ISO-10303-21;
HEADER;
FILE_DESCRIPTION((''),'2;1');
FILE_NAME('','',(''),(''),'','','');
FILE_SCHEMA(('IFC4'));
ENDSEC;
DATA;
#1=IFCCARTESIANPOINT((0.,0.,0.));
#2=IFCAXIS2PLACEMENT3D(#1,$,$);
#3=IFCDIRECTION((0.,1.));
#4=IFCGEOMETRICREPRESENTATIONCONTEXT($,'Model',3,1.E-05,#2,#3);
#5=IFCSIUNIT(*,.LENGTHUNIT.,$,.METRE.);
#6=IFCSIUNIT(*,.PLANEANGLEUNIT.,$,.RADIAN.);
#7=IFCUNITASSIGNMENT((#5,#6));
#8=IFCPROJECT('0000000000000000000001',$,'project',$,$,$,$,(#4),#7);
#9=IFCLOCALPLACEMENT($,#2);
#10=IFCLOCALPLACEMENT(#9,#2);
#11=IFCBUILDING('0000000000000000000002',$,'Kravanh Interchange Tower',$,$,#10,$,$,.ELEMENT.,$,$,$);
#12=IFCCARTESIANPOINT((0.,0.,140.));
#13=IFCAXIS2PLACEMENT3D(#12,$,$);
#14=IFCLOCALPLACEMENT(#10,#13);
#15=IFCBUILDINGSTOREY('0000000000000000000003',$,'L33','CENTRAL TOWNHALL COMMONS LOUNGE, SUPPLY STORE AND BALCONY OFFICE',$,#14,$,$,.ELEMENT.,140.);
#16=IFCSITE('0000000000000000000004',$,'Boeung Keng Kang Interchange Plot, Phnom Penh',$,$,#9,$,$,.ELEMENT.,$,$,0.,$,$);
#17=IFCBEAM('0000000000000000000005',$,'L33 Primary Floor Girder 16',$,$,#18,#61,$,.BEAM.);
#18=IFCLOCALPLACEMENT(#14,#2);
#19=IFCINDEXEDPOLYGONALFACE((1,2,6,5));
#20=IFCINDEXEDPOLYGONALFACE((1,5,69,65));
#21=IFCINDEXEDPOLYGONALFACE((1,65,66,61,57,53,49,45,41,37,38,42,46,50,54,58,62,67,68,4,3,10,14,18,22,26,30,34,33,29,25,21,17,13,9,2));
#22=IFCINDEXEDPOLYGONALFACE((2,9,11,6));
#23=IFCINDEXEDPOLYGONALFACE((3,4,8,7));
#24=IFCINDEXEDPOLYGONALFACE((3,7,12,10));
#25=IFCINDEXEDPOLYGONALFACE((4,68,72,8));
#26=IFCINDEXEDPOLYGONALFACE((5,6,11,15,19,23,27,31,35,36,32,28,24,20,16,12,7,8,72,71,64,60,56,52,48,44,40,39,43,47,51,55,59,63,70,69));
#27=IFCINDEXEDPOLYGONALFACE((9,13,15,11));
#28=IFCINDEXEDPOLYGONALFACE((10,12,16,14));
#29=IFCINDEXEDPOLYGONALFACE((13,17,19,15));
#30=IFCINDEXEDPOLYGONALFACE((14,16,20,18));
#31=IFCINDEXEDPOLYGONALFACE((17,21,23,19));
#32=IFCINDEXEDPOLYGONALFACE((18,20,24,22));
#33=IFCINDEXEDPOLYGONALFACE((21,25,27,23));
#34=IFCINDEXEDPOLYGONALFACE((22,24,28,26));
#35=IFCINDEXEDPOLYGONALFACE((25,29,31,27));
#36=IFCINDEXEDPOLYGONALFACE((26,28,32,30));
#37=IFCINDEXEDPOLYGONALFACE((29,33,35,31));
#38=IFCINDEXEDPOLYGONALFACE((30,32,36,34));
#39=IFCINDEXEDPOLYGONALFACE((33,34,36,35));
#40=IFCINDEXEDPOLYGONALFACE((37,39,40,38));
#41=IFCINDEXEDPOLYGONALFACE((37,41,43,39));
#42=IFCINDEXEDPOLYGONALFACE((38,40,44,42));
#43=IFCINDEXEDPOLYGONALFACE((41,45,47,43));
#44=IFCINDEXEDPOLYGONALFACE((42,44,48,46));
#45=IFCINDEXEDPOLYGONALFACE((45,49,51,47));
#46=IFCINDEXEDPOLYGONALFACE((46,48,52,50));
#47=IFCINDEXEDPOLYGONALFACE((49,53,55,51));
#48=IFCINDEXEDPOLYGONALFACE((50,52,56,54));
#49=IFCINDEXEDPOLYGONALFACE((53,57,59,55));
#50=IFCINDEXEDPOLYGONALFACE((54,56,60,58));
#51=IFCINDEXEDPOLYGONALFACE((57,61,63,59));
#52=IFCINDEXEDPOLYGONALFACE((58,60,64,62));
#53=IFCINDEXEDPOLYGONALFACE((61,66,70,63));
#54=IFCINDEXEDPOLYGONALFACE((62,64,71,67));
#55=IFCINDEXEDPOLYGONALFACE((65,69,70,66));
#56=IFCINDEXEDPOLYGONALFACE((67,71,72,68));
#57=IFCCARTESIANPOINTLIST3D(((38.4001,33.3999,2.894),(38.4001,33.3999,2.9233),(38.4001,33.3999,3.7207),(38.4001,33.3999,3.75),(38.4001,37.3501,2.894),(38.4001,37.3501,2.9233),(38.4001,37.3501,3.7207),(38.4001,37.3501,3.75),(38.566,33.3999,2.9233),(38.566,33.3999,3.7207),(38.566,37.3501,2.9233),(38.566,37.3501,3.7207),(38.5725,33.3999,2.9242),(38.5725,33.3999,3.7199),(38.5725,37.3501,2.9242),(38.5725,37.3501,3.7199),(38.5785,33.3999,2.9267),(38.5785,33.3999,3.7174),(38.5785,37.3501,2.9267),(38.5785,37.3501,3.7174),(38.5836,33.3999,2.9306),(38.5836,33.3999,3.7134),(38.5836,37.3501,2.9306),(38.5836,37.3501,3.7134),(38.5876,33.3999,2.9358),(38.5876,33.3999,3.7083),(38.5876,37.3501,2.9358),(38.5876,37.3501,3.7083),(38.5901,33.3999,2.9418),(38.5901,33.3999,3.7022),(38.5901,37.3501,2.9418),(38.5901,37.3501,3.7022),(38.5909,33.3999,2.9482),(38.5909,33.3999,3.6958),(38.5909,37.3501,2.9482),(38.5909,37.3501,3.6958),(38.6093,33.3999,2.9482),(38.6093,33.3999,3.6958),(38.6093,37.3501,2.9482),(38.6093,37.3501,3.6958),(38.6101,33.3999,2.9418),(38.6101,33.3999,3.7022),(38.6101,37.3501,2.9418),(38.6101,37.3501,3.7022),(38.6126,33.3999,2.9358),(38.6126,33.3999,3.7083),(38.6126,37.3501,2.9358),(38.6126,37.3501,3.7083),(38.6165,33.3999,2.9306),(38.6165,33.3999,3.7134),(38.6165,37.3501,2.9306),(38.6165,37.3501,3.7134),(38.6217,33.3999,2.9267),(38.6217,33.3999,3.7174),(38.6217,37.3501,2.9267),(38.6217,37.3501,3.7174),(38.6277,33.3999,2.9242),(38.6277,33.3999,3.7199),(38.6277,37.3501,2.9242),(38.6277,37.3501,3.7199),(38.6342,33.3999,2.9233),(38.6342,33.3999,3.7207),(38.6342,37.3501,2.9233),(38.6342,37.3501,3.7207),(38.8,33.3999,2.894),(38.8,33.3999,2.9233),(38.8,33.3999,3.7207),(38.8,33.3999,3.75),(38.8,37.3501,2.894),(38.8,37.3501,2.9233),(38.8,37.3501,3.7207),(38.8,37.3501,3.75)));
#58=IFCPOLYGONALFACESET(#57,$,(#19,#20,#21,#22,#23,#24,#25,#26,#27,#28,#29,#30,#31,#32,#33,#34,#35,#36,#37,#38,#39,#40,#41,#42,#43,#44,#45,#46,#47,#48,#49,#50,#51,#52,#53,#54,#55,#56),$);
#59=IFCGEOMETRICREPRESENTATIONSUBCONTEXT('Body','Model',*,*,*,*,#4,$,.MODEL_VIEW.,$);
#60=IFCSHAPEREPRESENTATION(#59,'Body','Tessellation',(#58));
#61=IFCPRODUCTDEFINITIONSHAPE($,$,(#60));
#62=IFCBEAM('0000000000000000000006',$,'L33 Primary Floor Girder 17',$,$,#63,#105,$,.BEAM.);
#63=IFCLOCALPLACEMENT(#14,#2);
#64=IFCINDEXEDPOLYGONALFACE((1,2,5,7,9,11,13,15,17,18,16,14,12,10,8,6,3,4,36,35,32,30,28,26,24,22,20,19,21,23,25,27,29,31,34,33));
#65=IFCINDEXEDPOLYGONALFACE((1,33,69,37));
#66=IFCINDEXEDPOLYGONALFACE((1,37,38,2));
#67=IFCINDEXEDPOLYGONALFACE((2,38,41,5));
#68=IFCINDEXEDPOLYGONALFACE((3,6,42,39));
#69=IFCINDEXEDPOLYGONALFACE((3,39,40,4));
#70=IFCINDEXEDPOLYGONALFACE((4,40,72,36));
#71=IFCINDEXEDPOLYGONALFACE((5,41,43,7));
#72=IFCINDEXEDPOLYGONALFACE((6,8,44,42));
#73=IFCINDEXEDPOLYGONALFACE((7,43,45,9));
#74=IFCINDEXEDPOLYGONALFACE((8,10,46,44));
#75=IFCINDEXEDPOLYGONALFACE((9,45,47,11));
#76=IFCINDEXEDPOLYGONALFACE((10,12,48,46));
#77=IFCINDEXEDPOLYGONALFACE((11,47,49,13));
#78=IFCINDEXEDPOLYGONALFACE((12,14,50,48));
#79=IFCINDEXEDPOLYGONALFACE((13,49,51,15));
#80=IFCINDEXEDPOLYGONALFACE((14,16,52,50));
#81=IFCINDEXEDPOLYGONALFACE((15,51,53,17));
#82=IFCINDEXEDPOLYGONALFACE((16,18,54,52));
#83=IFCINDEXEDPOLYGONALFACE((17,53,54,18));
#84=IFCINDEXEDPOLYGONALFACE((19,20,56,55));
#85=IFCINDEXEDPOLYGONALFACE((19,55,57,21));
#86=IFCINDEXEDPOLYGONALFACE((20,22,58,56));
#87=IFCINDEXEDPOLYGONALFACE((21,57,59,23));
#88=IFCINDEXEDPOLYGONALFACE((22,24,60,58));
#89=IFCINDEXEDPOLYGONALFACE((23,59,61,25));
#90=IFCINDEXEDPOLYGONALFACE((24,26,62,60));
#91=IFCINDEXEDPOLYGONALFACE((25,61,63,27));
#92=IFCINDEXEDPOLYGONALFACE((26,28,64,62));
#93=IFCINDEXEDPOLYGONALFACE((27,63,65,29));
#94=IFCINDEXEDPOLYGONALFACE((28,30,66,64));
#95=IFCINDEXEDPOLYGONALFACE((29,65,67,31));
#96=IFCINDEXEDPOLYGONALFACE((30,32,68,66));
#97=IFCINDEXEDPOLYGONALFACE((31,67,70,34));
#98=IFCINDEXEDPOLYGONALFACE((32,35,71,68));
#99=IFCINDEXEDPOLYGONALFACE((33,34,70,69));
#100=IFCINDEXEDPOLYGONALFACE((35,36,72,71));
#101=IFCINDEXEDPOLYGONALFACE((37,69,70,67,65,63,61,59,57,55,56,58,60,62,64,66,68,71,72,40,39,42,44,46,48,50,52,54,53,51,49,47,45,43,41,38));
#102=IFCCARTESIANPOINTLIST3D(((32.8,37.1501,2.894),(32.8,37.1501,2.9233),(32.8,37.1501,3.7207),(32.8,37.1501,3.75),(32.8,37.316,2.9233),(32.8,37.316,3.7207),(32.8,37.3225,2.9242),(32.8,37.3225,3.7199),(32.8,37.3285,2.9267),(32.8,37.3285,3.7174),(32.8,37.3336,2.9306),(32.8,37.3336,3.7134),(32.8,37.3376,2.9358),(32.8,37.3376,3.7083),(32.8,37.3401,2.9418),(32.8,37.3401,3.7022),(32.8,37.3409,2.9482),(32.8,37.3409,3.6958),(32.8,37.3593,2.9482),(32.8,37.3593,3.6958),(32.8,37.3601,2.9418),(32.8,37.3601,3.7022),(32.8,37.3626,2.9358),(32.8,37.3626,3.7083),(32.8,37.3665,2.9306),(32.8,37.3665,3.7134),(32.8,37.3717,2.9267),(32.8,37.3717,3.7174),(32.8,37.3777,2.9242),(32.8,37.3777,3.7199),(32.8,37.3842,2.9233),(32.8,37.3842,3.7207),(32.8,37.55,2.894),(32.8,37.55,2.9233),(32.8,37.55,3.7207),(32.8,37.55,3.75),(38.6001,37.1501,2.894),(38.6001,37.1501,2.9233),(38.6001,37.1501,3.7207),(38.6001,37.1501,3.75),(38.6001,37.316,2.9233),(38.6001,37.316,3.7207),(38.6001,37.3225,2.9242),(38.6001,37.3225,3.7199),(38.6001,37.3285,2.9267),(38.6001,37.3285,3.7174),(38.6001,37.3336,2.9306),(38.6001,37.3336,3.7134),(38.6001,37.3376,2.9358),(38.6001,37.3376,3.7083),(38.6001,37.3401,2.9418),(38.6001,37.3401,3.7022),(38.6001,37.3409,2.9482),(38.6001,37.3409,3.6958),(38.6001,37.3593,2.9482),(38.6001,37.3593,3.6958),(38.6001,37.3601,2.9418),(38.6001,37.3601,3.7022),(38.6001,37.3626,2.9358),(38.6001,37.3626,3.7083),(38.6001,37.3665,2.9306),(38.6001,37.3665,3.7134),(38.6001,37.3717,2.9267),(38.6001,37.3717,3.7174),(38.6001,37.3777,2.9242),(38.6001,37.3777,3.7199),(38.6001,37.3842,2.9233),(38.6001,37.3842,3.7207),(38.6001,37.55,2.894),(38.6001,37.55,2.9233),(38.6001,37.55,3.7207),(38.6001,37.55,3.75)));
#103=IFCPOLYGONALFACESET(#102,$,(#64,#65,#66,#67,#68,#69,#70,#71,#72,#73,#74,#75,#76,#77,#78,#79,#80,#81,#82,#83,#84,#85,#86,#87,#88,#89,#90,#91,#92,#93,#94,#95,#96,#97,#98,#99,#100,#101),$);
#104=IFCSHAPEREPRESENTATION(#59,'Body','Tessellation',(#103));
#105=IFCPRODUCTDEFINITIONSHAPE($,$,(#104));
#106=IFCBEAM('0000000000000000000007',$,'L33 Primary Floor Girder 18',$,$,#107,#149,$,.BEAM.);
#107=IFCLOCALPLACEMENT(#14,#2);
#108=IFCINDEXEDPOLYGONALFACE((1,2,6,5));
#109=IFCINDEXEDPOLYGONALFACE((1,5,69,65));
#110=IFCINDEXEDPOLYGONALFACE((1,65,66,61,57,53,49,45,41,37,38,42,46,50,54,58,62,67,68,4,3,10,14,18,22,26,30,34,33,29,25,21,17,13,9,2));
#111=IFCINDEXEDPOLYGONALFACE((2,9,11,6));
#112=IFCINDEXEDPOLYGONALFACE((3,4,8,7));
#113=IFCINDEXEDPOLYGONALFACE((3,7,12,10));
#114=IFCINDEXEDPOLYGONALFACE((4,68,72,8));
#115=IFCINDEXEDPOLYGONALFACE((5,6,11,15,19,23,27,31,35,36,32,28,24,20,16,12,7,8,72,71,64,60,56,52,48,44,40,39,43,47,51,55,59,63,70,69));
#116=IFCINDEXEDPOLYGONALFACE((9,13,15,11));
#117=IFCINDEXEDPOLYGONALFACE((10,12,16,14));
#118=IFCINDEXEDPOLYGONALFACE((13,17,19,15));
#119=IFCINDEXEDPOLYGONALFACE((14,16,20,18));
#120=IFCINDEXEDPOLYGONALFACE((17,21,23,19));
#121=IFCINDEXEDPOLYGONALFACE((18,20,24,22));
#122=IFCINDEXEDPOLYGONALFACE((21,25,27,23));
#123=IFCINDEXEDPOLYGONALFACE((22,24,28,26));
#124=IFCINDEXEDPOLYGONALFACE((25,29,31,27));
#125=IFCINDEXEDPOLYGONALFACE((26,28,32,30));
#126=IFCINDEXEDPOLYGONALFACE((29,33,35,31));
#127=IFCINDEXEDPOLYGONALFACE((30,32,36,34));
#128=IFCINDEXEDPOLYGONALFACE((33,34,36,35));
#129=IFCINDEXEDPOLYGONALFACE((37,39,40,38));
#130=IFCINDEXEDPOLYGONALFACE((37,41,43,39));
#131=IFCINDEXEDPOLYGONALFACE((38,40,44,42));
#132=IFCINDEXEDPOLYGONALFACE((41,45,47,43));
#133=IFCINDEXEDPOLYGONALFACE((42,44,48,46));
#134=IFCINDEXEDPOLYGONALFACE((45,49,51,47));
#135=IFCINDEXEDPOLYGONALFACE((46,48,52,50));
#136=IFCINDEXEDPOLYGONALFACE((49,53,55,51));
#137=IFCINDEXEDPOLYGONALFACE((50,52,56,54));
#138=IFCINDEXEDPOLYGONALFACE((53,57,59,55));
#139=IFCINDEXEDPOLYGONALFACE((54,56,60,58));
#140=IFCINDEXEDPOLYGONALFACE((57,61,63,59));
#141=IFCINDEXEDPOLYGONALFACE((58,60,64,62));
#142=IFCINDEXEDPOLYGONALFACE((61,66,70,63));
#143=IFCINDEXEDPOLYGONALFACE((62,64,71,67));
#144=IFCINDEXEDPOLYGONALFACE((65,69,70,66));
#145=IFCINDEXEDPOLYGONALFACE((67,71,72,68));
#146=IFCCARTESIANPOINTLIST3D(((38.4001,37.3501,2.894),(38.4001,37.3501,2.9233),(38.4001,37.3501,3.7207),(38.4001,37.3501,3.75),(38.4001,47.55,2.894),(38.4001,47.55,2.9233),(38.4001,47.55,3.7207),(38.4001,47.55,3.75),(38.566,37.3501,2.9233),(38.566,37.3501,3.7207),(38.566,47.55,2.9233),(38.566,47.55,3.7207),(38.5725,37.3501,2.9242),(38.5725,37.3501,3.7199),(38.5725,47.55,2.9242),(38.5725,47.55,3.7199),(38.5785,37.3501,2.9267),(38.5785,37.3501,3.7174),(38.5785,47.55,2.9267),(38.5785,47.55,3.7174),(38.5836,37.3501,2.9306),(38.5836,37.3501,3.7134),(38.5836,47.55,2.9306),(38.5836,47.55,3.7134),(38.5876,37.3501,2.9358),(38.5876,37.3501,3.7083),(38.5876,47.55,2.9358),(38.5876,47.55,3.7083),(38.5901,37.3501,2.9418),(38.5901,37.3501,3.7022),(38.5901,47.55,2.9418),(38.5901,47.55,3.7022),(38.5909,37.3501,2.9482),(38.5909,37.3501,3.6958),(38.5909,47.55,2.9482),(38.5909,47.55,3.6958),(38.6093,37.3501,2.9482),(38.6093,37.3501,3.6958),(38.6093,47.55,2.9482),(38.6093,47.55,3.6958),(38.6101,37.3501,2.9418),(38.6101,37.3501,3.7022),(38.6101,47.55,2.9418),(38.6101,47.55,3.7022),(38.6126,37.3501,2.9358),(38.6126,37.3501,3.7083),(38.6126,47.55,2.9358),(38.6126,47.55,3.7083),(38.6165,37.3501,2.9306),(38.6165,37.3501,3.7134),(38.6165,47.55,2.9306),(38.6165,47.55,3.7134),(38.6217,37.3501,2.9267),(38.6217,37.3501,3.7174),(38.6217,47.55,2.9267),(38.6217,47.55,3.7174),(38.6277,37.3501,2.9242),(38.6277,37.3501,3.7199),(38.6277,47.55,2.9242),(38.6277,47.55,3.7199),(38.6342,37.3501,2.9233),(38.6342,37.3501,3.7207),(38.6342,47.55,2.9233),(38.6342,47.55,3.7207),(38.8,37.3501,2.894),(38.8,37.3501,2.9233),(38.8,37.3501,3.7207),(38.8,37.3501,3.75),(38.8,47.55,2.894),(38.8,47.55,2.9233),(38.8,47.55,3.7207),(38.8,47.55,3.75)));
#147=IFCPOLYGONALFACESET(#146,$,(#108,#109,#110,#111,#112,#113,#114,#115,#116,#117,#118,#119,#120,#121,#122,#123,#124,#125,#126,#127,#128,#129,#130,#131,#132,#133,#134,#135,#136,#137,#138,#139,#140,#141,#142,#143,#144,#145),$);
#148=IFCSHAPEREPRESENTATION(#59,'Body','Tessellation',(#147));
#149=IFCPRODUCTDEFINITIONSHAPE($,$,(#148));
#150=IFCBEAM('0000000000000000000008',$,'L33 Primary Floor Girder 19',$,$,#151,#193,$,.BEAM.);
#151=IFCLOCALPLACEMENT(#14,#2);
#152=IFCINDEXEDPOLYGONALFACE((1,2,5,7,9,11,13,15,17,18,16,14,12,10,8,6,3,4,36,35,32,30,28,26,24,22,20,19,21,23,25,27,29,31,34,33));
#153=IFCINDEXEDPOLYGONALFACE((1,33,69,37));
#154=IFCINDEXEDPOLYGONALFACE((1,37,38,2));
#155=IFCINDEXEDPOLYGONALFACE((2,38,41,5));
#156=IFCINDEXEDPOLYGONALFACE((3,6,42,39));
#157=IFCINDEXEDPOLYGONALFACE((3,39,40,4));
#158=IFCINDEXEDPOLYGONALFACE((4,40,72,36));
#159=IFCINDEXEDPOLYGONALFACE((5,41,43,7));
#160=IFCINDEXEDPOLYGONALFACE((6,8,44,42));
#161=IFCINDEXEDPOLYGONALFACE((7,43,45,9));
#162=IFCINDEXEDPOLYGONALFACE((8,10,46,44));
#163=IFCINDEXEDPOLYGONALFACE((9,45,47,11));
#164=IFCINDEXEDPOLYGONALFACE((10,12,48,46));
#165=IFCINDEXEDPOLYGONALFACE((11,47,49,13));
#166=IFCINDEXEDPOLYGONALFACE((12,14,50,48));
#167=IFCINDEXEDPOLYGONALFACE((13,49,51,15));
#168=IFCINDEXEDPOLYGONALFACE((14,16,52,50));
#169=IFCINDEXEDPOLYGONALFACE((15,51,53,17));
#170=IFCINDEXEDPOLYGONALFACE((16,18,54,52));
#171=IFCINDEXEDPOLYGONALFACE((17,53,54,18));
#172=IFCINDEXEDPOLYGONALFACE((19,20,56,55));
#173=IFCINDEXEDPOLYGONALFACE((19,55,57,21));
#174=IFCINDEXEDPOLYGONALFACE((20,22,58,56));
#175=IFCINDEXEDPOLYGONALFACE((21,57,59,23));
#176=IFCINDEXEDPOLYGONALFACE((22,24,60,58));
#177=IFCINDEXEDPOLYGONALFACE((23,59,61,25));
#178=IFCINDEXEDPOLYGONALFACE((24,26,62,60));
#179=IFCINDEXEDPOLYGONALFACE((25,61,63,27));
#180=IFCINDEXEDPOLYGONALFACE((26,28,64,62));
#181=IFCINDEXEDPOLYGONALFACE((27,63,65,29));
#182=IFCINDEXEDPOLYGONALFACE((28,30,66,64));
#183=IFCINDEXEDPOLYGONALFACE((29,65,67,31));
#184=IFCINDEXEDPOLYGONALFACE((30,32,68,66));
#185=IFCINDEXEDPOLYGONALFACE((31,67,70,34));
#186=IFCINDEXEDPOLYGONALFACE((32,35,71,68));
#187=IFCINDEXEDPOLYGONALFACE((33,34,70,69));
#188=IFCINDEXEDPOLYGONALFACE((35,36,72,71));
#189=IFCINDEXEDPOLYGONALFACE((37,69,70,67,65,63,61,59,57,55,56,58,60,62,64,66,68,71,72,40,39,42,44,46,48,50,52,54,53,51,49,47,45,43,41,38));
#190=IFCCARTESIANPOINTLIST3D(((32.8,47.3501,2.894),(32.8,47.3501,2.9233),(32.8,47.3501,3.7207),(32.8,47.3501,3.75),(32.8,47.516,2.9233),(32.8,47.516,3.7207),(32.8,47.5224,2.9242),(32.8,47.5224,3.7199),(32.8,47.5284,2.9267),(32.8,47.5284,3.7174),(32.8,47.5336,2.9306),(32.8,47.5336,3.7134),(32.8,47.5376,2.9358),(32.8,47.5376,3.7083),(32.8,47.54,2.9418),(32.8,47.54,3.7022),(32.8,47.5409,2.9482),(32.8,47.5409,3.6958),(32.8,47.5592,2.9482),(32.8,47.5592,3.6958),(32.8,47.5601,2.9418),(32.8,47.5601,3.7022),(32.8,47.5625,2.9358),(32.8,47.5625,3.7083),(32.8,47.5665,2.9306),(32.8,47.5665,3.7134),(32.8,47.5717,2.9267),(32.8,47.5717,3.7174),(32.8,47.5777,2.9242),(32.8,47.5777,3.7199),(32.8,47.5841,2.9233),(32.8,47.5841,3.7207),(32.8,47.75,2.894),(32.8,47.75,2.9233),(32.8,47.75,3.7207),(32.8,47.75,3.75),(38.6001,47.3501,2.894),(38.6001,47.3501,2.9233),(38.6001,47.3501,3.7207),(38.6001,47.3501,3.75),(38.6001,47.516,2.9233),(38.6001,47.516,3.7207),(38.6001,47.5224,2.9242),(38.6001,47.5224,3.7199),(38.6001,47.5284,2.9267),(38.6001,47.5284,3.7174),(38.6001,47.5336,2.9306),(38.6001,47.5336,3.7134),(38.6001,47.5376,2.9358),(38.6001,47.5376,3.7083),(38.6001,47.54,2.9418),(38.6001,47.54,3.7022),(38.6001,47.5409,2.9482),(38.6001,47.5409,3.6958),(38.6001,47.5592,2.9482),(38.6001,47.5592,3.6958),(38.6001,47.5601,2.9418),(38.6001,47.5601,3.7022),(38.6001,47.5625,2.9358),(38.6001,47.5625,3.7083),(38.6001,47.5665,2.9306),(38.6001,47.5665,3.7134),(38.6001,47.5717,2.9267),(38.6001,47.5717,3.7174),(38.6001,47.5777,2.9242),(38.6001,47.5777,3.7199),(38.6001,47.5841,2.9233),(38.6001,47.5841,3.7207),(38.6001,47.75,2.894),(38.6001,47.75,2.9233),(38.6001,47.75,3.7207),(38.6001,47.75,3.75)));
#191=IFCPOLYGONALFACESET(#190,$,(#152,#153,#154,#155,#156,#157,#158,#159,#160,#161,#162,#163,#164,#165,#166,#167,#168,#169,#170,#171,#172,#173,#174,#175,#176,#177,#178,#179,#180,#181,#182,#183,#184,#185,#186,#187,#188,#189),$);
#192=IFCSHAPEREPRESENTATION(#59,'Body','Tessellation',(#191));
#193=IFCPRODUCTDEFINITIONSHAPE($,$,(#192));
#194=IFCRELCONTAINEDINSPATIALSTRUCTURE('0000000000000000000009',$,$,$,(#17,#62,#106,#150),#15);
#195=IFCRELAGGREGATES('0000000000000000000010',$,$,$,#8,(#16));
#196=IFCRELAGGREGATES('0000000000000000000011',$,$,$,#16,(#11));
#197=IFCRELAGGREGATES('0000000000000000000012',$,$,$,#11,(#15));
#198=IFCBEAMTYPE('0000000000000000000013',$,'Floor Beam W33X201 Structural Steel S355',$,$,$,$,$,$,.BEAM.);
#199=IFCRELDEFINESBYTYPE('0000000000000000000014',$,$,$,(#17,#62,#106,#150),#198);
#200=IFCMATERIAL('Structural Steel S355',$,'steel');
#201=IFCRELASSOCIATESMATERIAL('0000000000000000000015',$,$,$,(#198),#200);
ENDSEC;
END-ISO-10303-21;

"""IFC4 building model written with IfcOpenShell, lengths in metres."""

from ifc_helpers import new_model, si_unit, direction, frame, origin, origin_2d, place, context, subcontext, project, spatial, i_section, extrude, material, material_profile, profile_set, type_object, element, save


model = new_model("IFC4")

# Units and contexts
model_context = context("Model", 3, precision=1e-05, world=origin(), true_north=direction((0.0, 1.0)))
body_context = subcontext(model_context, "Body", "Model", "MODEL_VIEW")
ifc_project = project(units=[si_unit("LENGTHUNIT", "METRE"), si_unit("PLANEANGLEUNIT", "RADIAN")], contexts=[model_context])

# Site, building, storey
site_placement = place(None, origin())
site = spatial("IfcSite", under=ifc_project, at=site_placement, Name="Boeung Keng Kang Interchange Plot, Phnom Penh", CompositionType="ELEMENT", RefElevation=0.0)
building_placement = place(site_placement, origin())
building = spatial("IfcBuilding", under=site, at=building_placement, Name="Kravanh Interchange Tower", CompositionType="ELEMENT")
storey_placement = place(building_placement, frame((0.0, 0.0, 140.0)))
storey = spatial("IfcBuildingStorey", under=building, at=storey_placement, Name="L33", Description="CENTRAL TOWNHALL COMMONS LOUNGE, SUPPLY STORE AND BALCONY OFFICE", CompositionType="ELEMENT", Elevation=140.0)

# Beams
ifc_material_1 = material(Name="Structural Steel S355", Category="steel")
ifc_material_profile_1 = material_profile(ifc_material_1, i_section(OverallWidth=0.3999, OverallDepth=0.856, WebThickness=0.0183, FlangeThickness=0.0293, FilletRadius=0.0249, at=origin_2d()), Name="W33X201")
ifc_profile_set_1 = profile_set([ifc_material_profile_1], Name="Structural Steel S355")
beam_type_1 = type_object("IfcBeamType", Name="Floor Beam W33X201 Structural Steel S355", PredefinedType="BEAM", material=ifc_profile_set_1)
beam_1_placement = place(storey_placement, frame((38.6001, 37.3501, 3.322), z_axis=(0.0, -1.0, 0.0), x_axis=(1.0, 0.0, 0.0)))
element("IfcBeam", 1, at=beam_1_placement, inside=storey, type_object=beam_type_1, Name="L33 Primary Floor Girder 16", PredefinedType="BEAM", context=body_context, shape_type="SweptSolid", body=[
    extrude(i_section(OverallWidth=0.3999, OverallDepth=0.856, WebThickness=0.0183, FlangeThickness=0.0293, FilletRadius=0.0249, at=origin_2d()), origin(), (0.0, 0.0, 1.0), 3.9502),
])
beam_2_placement = place(storey_placement, frame((38.6001, 37.3501, 3.322), z_axis=(-1.0, 0.0, 0.0), x_axis=(0.0, -1.0, 0.0)))
element("IfcBeam", 2, at=beam_2_placement, inside=storey, type_object=beam_type_1, Name="L33 Primary Floor Girder 17", PredefinedType="BEAM", context=body_context, shape_type="SweptSolid", body=[
    extrude(i_section(OverallWidth=0.3999, OverallDepth=0.856, WebThickness=0.0183, FlangeThickness=0.0293, FilletRadius=0.0249, at=origin_2d()), origin(), (0.0, 0.0, 1.0), 5.8),
])
beam_3_placement = place(storey_placement, frame((38.6001, 37.3501, 3.322), z_axis=(0.0, 1.0, 0.0), x_axis=(-1.0, 0.0, 0.0)))
element("IfcBeam", 3, at=beam_3_placement, inside=storey, type_object=beam_type_1, Name="L33 Primary Floor Girder 18", PredefinedType="BEAM", context=body_context, shape_type="SweptSolid", body=[
    extrude(i_section(OverallWidth=0.3999, OverallDepth=0.856, WebThickness=0.0183, FlangeThickness=0.0293, FilletRadius=0.0249, at=origin_2d()), origin(), (0.0, 0.0, 1.0), 10.2),
])
beam_4_placement = place(storey_placement, frame((38.6001, 47.55, 3.322), z_axis=(-1.0, 0.0, 0.0), x_axis=(0.0, -1.0, 0.0)))
element("IfcBeam", 4, at=beam_4_placement, inside=storey, type_object=beam_type_1, Name="L33 Primary Floor Girder 19", PredefinedType="BEAM", context=body_context, shape_type="SweptSolid", body=[
    extrude(i_section(OverallWidth=0.3999, OverallDepth=0.856, WebThickness=0.0183, FlangeThickness=0.0293, FilletRadius=0.0249, at=origin_2d()), origin(), (0.0, 0.0, 1.0), 5.8),
])

save(model, "model.ifc")
